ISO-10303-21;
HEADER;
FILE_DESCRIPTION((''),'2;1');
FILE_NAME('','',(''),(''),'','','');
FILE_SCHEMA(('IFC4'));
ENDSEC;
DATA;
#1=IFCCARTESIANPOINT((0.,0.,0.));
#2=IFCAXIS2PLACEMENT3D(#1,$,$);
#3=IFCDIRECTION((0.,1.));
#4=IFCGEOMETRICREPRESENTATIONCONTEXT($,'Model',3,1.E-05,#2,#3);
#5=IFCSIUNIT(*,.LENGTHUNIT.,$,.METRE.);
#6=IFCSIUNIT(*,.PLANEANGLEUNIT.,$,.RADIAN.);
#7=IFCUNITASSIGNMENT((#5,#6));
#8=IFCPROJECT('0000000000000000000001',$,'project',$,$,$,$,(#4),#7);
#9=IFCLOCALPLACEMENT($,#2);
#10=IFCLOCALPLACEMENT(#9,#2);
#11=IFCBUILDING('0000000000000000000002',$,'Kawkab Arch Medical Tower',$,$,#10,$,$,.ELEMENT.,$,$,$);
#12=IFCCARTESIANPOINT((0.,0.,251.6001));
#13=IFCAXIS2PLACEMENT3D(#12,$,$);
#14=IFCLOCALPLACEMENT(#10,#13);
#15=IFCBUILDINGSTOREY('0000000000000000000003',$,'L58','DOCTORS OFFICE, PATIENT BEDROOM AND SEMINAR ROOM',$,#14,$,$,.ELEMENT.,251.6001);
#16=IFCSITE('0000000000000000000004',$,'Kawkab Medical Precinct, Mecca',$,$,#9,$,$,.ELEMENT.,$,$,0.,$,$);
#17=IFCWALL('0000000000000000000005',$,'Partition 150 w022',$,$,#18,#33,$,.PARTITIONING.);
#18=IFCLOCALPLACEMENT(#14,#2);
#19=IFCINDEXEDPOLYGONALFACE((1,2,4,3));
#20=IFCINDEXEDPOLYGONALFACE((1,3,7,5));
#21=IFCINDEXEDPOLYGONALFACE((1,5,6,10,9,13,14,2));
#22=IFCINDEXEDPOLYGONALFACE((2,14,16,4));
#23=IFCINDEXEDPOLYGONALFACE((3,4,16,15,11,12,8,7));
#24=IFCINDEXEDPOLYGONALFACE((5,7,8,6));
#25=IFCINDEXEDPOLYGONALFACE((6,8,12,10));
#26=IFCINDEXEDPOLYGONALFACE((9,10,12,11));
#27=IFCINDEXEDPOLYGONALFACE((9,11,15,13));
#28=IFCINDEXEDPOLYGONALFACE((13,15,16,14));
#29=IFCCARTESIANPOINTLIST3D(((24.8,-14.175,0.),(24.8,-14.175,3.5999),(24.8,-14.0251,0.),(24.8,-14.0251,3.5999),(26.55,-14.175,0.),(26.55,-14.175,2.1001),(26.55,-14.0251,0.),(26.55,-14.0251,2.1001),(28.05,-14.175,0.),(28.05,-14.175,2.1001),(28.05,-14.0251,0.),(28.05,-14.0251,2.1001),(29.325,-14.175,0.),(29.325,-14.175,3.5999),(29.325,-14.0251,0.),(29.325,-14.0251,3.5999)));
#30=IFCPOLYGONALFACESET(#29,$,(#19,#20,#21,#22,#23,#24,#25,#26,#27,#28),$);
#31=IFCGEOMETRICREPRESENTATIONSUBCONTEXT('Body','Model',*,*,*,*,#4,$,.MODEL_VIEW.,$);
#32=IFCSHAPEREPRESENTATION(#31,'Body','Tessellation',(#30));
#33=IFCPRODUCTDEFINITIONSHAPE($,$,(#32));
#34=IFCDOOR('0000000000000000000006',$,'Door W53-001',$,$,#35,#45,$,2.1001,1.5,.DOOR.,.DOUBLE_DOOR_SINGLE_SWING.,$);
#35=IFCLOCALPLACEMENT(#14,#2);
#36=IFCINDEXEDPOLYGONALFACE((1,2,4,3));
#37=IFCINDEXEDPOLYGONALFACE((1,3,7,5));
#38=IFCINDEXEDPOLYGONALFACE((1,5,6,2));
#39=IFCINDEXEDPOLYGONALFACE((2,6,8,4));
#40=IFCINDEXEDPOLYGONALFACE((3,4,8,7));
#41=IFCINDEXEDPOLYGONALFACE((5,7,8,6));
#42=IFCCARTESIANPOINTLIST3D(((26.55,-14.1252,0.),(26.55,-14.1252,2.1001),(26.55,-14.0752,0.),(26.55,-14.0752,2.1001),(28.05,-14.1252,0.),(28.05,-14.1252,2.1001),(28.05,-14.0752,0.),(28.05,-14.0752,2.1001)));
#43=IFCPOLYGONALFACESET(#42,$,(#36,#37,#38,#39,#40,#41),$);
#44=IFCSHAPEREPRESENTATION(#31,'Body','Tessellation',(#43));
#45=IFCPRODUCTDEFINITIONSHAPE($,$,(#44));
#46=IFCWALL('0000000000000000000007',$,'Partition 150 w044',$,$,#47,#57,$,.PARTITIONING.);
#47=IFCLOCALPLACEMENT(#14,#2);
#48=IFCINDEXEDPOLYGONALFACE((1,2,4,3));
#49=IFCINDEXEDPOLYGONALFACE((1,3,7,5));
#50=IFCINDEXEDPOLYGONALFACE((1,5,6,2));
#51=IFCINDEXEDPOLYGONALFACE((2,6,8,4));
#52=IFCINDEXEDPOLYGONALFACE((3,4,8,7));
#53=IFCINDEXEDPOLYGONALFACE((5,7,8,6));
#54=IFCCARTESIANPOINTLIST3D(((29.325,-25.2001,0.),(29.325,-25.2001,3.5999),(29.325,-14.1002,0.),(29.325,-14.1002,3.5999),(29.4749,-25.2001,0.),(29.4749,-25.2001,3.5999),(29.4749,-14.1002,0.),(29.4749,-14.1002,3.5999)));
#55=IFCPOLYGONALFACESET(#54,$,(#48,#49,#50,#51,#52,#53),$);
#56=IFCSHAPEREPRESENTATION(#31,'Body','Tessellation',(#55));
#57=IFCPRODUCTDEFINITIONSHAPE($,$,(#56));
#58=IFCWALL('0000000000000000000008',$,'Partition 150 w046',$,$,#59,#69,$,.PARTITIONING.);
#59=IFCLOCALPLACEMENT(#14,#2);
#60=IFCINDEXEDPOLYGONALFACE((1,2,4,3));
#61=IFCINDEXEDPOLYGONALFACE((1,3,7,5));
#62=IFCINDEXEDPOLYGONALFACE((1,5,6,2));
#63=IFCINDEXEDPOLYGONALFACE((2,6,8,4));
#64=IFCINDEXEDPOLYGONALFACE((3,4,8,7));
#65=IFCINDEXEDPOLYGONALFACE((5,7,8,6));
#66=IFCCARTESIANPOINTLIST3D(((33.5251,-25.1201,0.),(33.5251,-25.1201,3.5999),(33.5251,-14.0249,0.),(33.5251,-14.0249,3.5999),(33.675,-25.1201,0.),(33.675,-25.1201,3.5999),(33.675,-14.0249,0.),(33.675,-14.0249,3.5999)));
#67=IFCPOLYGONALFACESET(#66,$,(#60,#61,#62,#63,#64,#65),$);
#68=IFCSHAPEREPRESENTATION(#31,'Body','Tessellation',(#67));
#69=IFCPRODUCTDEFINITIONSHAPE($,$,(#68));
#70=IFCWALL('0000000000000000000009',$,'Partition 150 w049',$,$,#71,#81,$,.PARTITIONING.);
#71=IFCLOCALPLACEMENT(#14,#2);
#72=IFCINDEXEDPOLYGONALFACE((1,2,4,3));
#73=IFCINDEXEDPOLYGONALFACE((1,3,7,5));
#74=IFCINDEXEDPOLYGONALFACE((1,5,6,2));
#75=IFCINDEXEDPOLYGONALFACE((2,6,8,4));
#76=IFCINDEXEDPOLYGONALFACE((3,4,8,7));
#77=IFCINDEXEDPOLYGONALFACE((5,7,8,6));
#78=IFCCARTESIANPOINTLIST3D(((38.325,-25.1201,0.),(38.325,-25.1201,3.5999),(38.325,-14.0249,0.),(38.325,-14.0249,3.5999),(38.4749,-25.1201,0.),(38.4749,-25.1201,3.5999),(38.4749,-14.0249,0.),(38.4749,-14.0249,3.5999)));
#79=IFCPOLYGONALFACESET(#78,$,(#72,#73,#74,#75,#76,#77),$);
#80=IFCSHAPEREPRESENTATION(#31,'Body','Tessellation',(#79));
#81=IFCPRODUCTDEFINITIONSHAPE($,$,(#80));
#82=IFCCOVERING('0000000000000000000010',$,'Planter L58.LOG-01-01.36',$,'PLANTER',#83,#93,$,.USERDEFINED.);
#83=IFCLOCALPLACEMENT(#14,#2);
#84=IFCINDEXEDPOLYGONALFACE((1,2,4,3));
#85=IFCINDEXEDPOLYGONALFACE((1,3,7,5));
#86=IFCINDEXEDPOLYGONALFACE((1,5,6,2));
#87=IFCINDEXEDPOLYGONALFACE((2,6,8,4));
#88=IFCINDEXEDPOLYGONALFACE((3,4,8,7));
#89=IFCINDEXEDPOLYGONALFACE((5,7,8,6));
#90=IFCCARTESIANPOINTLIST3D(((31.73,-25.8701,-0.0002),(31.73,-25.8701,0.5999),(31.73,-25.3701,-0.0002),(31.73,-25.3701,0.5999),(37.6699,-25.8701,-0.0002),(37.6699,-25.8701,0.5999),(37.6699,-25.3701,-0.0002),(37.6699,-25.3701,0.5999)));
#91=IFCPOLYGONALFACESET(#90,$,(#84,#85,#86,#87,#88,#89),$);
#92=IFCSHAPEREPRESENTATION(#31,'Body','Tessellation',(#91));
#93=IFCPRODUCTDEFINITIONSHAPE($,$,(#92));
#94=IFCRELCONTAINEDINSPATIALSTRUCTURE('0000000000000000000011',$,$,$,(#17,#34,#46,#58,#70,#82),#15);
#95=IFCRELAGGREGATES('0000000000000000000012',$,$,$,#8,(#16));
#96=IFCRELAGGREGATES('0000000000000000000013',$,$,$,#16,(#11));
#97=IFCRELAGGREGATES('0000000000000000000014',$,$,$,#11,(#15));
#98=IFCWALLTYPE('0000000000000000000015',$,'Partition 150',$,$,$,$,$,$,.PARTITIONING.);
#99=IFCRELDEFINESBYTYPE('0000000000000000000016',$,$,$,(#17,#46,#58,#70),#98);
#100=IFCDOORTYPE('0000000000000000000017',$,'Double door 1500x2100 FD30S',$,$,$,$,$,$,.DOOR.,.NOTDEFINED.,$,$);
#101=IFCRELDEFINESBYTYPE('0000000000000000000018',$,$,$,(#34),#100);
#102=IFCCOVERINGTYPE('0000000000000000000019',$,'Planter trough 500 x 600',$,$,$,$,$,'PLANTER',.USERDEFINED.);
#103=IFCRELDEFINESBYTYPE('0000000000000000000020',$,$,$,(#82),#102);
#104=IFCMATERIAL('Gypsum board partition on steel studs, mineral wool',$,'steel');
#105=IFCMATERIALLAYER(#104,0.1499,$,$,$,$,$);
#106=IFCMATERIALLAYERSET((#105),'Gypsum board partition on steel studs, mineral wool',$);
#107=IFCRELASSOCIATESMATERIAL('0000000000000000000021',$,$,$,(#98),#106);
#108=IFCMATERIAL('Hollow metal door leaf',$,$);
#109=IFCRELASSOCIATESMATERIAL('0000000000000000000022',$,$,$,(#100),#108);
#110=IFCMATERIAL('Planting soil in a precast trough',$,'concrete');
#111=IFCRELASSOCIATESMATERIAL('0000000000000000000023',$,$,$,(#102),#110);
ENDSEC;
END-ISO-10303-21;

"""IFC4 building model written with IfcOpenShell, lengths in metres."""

from ifc_helpers import new_model, si_unit, direction, frame, frame_2d, origin, origin_2d, place, context, subcontext, project, spatial, rectangle, extrude, material, layer, layer_set, material_profile, profile_set, type_object, element, fill, save


model = new_model("IFC4")

# Units and contexts
model_context = context("Model", 3, precision=1e-05, world=origin(), true_north=direction((0.0, 1.0)))
body_context = subcontext(model_context, "Body", "Model", "MODEL_VIEW")
ifc_project = project(units=[si_unit("LENGTHUNIT", "METRE"), si_unit("PLANEANGLEUNIT", "RADIAN")], contexts=[model_context])

# Site, building, storey
site_placement = place(None, origin())
site = spatial("IfcSite", under=ifc_project, at=site_placement, Name="Kawkab Medical Precinct, Mecca", CompositionType="ELEMENT", RefElevation=0.0)
building_placement = place(site_placement, origin())
building = spatial("IfcBuilding", under=site, at=building_placement, Name="Kawkab Arch Medical Tower", CompositionType="ELEMENT")
storey_placement = place(building_placement, frame((0.0, 0.0, 251.6001)))
storey = spatial("IfcBuildingStorey", under=building, at=storey_placement, Name="L58", Description="DOCTORS OFFICE, PATIENT BEDROOM AND SEMINAR ROOM", CompositionType="ELEMENT", Elevation=251.6001)

# Shared definitions
ifc_material_1 = material(Name="Gypsum board partition on steel studs, mineral wool", Category="steel")
ifc_layer_1 = layer(ifc_material_1, 0.1499)
ifc_layer_set_1 = layer_set([ifc_layer_1], Name="Gypsum board partition on steel studs, mineral wool")
wall_type_1 = type_object("IfcWallType", Name="Partition 150", PredefinedType="PARTITIONING", material=ifc_layer_set_1)

# Wall, opening, door
wall_1_placement = place(storey_placement, frame((24.8, -14.1001, 0.0), z_axis=(0.0, 0.0, 1.0), x_axis=(1.0, 0.0, 0.0)))
wall_1 = element("IfcWall", 1, at=wall_1_placement, inside=storey, type_object=wall_type_1, Name="Partition 150 w022", PredefinedType="PARTITIONING", context=body_context, shape_type="SweptSolid", body=[
    extrude(rectangle(XDim=4.5249, YDim=0.1499, at=frame_2d((2.2625, 0.0))), origin(), (0.0, 0.0, 1.0), 3.5999),
])
opening_1_placement = place(wall_1_placement, frame((1.75, 0.0, 0.0)))
opening_1 = element("IfcOpeningElement", 2, at=opening_1_placement, cuts=wall_1, PredefinedType="OPENING", context=body_context, shape_type="SweptSolid", body=[
    extrude(rectangle(XDim=1.5, YDim=2.1001, at=frame_2d((0.75, 1.05))), frame((0.0, 0.085, 0.0), z_axis=(0.0, -1.0, 0.0), x_axis=(1.0, 0.0, 0.0)), (0.0, 0.0, 1.0), 0.1699),
])
ifc_material_2 = material(Name="Hollow metal door leaf")
door_type_1 = type_object("IfcDoorType", Name="Double door 1500x2100 FD30S", OperationType="NOTDEFINED", PredefinedType="DOOR", material=ifc_material_2)
door_1_placement = place(opening_1_placement, origin())
door_1 = element("IfcDoor", 3, at=door_1_placement, inside=storey, type_object=door_type_1, Name="Door W53-001", OperationType="DOUBLE_DOOR_SINGLE_SWING", OverallHeight=2.1001, OverallWidth=1.5, PredefinedType="DOOR", context=body_context, shape_type="SweptSolid", body=[
    extrude(rectangle(XDim=1.5, YDim=2.1001, at=frame_2d((0.75, 1.05))), frame((0.0, 0.0249, 0.0), z_axis=(0.0, -1.0, 0.0), x_axis=(1.0, 0.0, 0.0)), (0.0, 0.0, 1.0), 0.05),
])
fill(opening_1, door_1)

# Walls
wall_2_placement = place(storey_placement, frame((29.3999, -25.2, 0.0), z_axis=(0.0, 0.0, 1.0), x_axis=(0.0, 1.0, 0.0)))
element("IfcWall", 4, at=wall_2_placement, inside=storey, type_object=wall_type_1, Name="Partition 150 w044", PredefinedType="PARTITIONING", context=body_context, shape_type="SweptSolid", body=[
    extrude(rectangle(XDim=11.0999, YDim=0.1499, at=frame_2d((5.5498, 0.0))), origin(), (0.0, 0.0, 1.0), 3.5999),
])
for number, where, z_axis, x_axis, name in (
    (5, (33.6001, -25.1201, 0.0), (0.0, 0.0, 1.0), (0.0, 1.0, 0.0), "Partition 150 w046"),
    (6, (38.3999, -25.1201, 0.0), (0.0, 0.0, 1.0), (0.0, 1.0, 0.0), "Partition 150 w049"),
):
    element("IfcWall", number, at=place(storey_placement, frame(where, z_axis=z_axis, x_axis=x_axis)), inside=storey, type_object=wall_type_1, Name=name, PredefinedType="PARTITIONING", context=body_context, shape_type="SweptSolid", body=[
        extrude(rectangle(XDim=11.0952, YDim=0.1499, at=frame_2d((5.5476, 0.0))), origin(), (0.0, 0.0, 1.0), 3.5999),
    ])

# Covering
ifc_material_3 = material(Name="Planting soil in a precast trough", Category="concrete")
ifc_material_profile_1 = material_profile(ifc_material_3, rectangle(XDim=0.5, YDim=0.6001, at=origin_2d()), Name="Trough 500x600")
ifc_profile_set_1 = profile_set([ifc_material_profile_1], Name="Planting soil in a precast trough")
covering_type = type_object("IfcCoveringType", Name="Planter trough 500 x 600", ElementType="PLANTER", PredefinedType="USERDEFINED", material=ifc_profile_set_1)
covering_placement = place(storey_placement, frame((37.6699, -25.6201, 0.2998), z_axis=(-1.0, 0.0, 0.0), x_axis=(0.0, -1.0, 0.0)))
element("IfcCovering", 7, at=covering_placement, inside=storey, type_object=covering_type, Name="Planter L58.LOG-01-01.36", ObjectType="PLANTER", PredefinedType="USERDEFINED", context=body_context, shape_type="SweptSolid", body=[
    extrude(rectangle(XDim=0.5, YDim=0.6001, at=origin_2d()), origin(), (0.0, 0.0, 1.0), 5.9399),
])

save(model, "model.ifc")
